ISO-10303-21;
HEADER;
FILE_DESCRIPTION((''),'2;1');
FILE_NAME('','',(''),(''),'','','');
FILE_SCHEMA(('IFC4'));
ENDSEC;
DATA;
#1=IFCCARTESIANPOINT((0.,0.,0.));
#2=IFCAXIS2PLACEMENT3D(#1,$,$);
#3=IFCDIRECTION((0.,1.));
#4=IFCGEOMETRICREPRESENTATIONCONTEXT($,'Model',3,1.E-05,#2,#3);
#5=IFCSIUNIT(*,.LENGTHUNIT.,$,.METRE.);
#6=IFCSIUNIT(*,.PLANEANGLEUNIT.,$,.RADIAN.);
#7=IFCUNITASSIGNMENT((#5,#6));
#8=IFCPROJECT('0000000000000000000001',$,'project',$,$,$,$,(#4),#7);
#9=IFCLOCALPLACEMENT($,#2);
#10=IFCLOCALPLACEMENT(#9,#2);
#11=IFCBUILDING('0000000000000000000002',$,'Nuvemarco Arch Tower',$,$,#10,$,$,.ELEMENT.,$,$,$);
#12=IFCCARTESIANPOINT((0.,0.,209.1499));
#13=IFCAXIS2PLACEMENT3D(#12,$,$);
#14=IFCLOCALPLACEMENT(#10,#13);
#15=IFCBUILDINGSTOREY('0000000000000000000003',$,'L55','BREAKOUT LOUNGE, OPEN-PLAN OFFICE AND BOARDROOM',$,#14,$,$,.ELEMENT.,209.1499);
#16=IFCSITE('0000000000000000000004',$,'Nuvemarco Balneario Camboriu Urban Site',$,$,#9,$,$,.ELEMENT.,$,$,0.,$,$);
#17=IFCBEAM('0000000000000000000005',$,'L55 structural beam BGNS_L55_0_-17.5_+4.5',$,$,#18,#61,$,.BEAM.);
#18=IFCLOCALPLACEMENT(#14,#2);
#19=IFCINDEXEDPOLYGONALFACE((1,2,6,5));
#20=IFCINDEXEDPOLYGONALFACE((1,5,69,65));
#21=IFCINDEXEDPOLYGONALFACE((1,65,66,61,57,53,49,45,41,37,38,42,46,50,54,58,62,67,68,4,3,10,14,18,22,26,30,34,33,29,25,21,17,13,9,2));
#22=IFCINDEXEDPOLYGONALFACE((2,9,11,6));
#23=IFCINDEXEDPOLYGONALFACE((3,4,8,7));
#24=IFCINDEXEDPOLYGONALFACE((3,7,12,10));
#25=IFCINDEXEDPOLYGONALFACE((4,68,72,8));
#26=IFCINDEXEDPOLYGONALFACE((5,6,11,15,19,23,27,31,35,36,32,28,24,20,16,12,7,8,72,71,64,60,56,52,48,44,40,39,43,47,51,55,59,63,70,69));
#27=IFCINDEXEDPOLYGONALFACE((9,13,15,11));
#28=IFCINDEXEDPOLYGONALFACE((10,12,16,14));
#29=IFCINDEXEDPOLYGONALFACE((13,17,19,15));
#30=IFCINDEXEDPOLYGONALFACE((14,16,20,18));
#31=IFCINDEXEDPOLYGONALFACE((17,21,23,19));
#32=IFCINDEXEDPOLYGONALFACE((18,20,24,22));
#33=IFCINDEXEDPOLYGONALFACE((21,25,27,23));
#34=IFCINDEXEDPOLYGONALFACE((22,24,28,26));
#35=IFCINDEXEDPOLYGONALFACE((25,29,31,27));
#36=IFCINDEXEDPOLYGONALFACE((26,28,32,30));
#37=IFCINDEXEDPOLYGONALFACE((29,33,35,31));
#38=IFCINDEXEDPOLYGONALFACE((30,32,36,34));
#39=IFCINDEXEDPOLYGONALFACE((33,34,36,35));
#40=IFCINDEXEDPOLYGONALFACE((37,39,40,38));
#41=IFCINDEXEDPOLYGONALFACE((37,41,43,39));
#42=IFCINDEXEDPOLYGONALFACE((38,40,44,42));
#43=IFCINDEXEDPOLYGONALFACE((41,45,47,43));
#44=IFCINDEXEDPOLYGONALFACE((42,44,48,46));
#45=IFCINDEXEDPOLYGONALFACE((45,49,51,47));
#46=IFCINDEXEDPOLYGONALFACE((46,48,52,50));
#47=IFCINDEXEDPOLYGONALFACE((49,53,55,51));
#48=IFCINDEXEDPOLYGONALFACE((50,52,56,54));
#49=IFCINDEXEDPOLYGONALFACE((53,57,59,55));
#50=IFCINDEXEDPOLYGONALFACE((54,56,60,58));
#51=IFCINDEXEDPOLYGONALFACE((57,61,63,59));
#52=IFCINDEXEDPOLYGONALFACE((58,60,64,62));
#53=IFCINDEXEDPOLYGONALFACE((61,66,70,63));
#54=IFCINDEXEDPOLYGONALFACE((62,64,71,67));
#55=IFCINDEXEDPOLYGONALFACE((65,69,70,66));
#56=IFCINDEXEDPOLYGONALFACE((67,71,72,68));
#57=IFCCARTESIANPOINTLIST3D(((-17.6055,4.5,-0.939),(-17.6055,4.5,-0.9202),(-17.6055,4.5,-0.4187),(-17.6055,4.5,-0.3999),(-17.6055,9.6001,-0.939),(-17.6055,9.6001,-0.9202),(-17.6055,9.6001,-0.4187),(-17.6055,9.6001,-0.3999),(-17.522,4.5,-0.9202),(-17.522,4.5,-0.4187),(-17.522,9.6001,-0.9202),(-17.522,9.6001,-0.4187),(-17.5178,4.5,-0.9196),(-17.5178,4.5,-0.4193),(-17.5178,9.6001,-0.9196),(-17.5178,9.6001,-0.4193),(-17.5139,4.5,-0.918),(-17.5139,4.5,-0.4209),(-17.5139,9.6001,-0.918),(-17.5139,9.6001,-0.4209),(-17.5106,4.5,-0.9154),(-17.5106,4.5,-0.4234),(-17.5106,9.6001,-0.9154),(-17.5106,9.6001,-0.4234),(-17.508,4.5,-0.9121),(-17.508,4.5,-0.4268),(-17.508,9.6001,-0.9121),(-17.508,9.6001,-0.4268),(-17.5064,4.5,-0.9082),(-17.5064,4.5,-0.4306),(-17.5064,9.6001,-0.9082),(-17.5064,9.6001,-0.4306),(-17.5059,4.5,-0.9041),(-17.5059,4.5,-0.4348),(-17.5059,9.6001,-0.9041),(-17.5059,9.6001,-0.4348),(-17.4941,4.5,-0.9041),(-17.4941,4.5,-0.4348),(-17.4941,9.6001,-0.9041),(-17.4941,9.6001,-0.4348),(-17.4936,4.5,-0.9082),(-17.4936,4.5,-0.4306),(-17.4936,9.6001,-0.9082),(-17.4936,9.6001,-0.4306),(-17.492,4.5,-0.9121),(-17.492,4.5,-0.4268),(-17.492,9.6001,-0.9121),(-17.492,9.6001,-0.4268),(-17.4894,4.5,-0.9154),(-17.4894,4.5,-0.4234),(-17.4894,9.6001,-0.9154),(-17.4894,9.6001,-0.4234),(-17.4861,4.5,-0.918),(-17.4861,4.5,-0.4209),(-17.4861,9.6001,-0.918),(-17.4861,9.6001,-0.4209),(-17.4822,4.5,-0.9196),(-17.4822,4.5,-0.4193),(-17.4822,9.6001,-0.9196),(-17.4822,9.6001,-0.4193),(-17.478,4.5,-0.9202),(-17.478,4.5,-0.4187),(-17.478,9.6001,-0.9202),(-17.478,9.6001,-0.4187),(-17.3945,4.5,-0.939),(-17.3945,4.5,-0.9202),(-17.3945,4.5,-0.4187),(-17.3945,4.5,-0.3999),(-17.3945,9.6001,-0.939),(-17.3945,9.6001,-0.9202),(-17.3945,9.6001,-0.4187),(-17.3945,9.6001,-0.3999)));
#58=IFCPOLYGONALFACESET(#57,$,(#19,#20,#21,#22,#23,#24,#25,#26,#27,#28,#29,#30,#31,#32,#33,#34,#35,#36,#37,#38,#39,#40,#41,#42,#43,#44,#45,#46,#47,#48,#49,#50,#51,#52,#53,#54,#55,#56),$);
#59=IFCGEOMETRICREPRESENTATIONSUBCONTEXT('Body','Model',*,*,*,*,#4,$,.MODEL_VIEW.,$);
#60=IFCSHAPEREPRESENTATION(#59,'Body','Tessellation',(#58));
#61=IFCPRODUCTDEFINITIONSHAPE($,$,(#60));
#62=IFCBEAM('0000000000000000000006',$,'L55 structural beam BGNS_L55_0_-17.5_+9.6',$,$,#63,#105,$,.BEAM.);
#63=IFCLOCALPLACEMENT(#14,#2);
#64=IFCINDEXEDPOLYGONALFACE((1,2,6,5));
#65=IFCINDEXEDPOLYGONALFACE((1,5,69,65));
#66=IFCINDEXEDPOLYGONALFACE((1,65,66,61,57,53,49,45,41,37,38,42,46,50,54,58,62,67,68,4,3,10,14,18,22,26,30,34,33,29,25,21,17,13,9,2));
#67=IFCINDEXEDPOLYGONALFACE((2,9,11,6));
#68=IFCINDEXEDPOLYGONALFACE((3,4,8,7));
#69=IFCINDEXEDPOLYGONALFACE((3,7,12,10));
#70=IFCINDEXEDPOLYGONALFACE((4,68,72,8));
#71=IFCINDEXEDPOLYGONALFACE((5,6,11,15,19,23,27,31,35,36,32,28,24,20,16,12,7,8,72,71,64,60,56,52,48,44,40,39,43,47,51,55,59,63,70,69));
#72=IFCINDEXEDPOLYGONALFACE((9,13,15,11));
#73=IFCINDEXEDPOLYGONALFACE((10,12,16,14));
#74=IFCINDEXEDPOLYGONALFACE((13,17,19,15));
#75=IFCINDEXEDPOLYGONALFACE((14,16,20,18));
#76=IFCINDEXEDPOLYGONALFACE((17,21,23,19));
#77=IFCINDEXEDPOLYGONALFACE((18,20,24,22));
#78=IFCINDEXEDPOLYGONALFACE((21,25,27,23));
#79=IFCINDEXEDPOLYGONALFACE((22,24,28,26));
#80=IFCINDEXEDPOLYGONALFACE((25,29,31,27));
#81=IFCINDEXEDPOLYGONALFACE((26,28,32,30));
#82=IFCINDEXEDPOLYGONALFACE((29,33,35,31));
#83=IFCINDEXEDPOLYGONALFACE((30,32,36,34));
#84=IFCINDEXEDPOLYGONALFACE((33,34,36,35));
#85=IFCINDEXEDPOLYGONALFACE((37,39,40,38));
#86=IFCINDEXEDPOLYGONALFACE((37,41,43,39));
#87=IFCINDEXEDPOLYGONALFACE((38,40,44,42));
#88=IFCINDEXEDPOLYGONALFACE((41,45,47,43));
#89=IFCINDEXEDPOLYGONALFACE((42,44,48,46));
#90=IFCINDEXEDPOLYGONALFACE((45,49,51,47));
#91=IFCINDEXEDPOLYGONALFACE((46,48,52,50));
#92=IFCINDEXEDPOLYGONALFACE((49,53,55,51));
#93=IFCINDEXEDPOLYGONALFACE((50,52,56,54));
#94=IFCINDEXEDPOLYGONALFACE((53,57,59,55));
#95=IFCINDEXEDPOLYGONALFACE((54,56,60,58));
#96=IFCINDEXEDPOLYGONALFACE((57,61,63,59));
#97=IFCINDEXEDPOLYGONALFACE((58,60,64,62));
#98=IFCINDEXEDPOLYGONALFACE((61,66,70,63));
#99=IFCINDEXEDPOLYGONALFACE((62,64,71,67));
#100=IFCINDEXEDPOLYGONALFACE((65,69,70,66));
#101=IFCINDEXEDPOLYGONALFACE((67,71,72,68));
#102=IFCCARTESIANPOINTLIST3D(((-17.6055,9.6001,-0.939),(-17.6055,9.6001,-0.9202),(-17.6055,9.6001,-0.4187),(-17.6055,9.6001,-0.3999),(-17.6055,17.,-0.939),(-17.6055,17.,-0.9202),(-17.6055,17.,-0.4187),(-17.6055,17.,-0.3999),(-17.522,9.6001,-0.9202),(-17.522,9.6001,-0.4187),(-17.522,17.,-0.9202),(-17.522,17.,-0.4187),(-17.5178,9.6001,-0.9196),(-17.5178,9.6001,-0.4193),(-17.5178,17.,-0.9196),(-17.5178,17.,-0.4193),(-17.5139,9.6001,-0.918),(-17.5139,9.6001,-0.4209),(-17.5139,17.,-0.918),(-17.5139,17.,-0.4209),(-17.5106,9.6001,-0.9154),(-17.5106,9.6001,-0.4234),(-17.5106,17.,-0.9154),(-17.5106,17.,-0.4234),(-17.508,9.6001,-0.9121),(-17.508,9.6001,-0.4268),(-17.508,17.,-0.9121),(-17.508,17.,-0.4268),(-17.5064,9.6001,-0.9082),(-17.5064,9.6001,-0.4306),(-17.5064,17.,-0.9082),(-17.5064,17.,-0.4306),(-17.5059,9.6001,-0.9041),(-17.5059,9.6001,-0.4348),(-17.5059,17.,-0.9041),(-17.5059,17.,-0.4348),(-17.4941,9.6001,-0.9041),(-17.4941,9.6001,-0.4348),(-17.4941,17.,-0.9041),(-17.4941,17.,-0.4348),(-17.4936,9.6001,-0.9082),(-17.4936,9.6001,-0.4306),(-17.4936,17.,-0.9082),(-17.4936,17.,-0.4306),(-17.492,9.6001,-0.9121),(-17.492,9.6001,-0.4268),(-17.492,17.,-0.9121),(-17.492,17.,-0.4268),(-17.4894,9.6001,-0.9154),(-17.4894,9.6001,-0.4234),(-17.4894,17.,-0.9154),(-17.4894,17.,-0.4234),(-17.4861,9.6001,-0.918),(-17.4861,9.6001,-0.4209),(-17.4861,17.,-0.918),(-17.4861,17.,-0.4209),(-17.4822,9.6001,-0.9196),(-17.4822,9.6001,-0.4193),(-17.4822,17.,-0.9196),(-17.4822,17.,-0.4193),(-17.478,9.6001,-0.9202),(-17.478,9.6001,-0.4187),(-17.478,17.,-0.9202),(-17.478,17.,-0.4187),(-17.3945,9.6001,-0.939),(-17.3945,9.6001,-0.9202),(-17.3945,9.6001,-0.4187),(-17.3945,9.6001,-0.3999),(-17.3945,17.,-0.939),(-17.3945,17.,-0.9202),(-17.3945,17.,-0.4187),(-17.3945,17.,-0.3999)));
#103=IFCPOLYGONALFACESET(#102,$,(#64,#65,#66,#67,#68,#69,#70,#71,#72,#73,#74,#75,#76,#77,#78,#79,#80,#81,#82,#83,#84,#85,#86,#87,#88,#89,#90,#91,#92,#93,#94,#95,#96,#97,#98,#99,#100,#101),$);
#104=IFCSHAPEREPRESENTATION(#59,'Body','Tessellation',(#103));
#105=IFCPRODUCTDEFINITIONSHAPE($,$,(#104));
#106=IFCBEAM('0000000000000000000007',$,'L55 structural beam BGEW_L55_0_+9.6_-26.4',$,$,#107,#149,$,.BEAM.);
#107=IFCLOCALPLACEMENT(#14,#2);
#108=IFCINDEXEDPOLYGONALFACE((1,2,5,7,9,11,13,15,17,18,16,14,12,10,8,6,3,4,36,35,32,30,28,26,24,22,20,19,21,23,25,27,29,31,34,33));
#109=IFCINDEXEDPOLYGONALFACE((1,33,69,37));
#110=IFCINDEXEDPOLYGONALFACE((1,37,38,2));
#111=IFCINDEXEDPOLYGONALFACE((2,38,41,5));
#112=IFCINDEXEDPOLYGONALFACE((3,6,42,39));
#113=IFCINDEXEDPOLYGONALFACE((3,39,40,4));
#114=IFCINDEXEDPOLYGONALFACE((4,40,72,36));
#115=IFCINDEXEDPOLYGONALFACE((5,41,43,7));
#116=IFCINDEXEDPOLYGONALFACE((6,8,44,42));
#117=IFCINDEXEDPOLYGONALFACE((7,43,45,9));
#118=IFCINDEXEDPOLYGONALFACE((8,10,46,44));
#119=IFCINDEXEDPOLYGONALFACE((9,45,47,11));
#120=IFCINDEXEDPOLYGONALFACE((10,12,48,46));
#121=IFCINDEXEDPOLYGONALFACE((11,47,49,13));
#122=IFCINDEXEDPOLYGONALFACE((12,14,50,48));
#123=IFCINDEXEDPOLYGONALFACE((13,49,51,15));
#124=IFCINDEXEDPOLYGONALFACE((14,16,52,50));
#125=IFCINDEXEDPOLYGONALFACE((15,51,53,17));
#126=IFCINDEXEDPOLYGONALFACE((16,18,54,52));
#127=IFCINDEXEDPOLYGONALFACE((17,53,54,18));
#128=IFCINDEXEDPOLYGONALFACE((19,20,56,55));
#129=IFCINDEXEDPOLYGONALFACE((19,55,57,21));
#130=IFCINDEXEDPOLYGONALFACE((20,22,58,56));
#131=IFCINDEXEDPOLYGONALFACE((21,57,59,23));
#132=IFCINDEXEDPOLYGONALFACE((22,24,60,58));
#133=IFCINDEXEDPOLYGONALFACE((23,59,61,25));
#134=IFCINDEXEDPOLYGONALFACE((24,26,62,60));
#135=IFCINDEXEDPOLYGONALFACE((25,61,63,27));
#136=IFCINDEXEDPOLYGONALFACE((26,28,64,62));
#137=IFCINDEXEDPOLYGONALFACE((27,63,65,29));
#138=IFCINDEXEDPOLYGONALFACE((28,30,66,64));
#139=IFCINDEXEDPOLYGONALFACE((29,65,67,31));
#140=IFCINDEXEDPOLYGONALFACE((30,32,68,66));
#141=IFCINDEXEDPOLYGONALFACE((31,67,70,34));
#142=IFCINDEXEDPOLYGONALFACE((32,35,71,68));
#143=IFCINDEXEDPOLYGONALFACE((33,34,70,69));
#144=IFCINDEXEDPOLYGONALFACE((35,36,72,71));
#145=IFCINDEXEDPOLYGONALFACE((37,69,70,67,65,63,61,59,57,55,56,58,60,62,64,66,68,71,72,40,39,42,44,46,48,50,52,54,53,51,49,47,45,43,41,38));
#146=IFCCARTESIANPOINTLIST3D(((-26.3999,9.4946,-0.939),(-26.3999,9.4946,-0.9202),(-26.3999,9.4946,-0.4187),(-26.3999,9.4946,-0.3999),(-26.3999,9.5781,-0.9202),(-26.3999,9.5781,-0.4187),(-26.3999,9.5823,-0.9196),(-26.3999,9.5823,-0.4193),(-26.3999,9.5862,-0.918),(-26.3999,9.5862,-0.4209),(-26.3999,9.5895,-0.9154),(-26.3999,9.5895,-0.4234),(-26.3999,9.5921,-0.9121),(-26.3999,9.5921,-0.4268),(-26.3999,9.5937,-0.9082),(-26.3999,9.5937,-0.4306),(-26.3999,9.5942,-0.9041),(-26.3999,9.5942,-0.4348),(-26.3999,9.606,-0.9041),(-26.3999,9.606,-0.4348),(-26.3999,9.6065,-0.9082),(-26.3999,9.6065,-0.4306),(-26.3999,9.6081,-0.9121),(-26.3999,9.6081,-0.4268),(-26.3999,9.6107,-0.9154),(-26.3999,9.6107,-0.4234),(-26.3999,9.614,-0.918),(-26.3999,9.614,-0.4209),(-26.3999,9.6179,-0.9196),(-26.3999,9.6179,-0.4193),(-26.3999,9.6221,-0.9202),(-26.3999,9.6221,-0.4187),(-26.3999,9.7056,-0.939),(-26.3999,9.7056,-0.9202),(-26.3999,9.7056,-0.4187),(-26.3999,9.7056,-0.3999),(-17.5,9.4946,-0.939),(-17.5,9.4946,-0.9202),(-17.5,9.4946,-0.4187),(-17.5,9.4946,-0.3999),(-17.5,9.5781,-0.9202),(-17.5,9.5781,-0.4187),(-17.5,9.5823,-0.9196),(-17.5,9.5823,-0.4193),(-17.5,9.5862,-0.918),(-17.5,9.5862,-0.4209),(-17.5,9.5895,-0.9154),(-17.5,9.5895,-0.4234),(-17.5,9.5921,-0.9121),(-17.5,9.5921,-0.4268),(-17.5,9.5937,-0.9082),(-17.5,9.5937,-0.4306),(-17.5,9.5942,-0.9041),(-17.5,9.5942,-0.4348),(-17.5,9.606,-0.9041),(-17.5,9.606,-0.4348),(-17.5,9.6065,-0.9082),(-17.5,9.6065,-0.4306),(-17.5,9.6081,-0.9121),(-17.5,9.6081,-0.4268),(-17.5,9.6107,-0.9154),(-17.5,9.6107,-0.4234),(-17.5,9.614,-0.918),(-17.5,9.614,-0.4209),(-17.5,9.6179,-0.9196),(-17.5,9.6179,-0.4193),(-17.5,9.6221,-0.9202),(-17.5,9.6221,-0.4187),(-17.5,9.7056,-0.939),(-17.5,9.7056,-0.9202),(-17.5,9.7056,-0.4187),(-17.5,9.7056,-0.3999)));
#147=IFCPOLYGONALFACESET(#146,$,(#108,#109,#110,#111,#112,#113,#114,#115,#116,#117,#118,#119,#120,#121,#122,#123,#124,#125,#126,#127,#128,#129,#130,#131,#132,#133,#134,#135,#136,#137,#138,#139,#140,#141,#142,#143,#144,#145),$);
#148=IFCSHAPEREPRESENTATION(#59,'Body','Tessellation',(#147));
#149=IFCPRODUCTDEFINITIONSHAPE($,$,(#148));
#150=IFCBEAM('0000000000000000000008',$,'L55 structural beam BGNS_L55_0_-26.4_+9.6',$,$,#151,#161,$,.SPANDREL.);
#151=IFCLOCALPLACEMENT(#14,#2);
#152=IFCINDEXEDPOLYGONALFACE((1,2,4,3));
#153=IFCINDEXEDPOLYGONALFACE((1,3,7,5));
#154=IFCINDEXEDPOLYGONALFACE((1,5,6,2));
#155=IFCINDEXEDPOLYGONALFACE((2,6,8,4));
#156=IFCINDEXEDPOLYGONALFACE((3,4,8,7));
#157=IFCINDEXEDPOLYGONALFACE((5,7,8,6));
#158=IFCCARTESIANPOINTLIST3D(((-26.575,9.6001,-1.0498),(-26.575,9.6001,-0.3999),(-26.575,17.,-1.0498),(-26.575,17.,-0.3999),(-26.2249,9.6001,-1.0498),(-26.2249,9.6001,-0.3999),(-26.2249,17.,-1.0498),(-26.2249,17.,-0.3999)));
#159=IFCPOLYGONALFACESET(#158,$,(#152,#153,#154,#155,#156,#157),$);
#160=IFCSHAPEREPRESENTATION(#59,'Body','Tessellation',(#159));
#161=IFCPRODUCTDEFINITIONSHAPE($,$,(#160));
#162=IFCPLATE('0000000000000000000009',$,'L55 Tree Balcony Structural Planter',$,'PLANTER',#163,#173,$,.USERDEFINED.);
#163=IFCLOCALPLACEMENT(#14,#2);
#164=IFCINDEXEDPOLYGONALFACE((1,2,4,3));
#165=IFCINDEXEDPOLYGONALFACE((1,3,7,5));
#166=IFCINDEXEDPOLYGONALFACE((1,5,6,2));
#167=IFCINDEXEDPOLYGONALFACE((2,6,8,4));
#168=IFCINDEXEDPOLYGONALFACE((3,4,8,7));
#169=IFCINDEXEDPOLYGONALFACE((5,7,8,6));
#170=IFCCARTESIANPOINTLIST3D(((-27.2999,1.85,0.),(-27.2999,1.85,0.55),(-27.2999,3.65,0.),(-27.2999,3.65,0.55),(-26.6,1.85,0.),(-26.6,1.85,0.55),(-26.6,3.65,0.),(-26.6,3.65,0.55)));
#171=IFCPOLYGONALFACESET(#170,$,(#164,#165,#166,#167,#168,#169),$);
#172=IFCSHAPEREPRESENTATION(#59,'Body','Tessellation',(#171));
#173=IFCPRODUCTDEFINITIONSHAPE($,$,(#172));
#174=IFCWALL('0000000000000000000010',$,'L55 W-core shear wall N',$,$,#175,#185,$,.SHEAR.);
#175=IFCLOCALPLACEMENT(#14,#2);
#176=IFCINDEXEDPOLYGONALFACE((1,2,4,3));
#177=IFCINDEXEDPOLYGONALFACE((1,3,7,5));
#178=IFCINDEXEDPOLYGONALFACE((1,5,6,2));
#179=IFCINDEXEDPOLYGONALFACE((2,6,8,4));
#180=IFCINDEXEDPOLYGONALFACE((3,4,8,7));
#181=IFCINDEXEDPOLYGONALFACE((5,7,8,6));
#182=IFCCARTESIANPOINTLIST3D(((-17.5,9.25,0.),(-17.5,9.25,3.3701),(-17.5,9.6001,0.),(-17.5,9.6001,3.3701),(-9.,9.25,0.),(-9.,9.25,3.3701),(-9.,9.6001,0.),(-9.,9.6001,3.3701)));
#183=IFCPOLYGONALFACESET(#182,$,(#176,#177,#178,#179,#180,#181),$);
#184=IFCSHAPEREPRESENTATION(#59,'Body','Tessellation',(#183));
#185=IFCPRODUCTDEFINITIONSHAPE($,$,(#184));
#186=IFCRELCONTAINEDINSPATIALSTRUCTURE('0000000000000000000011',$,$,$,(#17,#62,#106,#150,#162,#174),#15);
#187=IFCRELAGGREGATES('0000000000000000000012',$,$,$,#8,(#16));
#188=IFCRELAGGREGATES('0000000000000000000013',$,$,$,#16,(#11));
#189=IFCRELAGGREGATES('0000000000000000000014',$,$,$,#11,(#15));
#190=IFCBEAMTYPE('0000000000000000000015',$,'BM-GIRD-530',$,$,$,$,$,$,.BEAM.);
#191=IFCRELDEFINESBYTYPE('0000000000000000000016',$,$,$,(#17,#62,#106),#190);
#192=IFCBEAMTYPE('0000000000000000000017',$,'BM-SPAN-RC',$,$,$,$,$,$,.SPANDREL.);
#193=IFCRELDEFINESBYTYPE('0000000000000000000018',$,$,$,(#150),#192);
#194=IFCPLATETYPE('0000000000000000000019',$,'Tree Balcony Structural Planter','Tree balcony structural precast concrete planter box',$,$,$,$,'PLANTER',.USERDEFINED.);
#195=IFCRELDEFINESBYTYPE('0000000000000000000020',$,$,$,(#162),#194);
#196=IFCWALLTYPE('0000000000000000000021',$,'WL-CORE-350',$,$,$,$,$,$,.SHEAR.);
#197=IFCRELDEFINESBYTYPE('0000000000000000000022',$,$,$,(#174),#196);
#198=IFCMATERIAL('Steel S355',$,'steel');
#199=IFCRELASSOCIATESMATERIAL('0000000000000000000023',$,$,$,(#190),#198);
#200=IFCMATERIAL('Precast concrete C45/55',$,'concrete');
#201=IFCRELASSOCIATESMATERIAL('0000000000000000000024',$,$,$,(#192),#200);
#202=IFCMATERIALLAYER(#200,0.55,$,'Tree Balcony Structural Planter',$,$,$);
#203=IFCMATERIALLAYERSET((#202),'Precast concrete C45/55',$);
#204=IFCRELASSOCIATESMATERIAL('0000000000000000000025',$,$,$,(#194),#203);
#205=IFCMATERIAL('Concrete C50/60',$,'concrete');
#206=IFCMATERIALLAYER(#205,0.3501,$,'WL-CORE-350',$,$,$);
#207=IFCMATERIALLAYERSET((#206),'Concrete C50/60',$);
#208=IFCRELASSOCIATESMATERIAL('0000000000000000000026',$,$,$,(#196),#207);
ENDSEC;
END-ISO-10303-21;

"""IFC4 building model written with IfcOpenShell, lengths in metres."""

from ifc_helpers import new_model, si_unit, direction, frame, frame_2d, origin, origin_2d, place, context, subcontext, project, spatial, rectangle, i_section, extrude, source, transform, mapped, material, layer, layer_set, material_profile, profile_set, type_object, type_shapes, element, save


model = new_model("IFC4")

# Units and contexts
model_context = context("Model", 3, precision=1e-05, world=origin(), true_north=direction((0.0, 1.0)))
body_context = subcontext(model_context, "Body", "Model", "MODEL_VIEW")
ifc_project = project(units=[si_unit("LENGTHUNIT", "METRE"), si_unit("PLANEANGLEUNIT", "RADIAN")], contexts=[model_context])

# Site, building, storey
site_placement = place(None, origin())
site = spatial("IfcSite", under=ifc_project, at=site_placement, Name="Nuvemarco Balneario Camboriu Urban Site", CompositionType="ELEMENT", RefElevation=0.0)
building_placement = place(site_placement, origin())
building = spatial("IfcBuilding", under=site, at=building_placement, Name="Nuvemarco Arch Tower", CompositionType="ELEMENT")
storey_placement = place(building_placement, frame((0.0, 0.0, 209.1499)))
storey = spatial("IfcBuildingStorey", under=building, at=storey_placement, Name="L55", Description="BREAKOUT LOUNGE, OPEN-PLAN OFFICE AND BOARDROOM", CompositionType="ELEMENT", Elevation=209.1499)

# Shared definitions
ifc_material_1 = material(Name="Concrete C50/60", Category="concrete")
ifc_material_2 = material(Name="Steel S355", Category="steel")

# Beams
ifc_material_profile_1 = material_profile(ifc_material_2, i_section(OverallWidth=0.2109, OverallDepth=0.5391, WebThickness=0.0117, FlangeThickness=0.0188, FilletRadius=0.0161, at=origin_2d()), Name="W530x109")
ifc_profile_set_1 = profile_set([ifc_material_profile_1], Name="Steel S355")
beam_type_1 = type_object("IfcBeamType", Name="BM-GIRD-530", PredefinedType="BEAM", material=ifc_profile_set_1)
beam_1_placement = place(storey_placement, frame((-17.5, 4.5, -0.6694), z_axis=(0.0, 1.0, 0.0), x_axis=(-1.0, 0.0, 0.0)))
element("IfcBeam", 1, at=beam_1_placement, inside=storey, type_object=beam_type_1, Name="L55 structural beam BGNS_L55_0_-17.5_+4.5", PredefinedType="BEAM", context=body_context, shape_type="SweptSolid", body=[
    extrude(i_section(OverallWidth=0.2109, OverallDepth=0.5391, WebThickness=0.0117, FlangeThickness=0.0188, FilletRadius=0.0161, at=origin_2d()), origin(), (0.0, 0.0, 1.0), 5.1001),
])
beam_2_placement = place(storey_placement, frame((-17.5, 9.6001, -0.6694), z_axis=(0.0, 1.0, 0.0), x_axis=(-1.0, 0.0, 0.0)))
element("IfcBeam", 2, at=beam_2_placement, inside=storey, type_object=beam_type_1, Name="L55 structural beam BGNS_L55_0_-17.5_+9.6", PredefinedType="BEAM", context=body_context, shape_type="SweptSolid", body=[
    extrude(i_section(OverallWidth=0.2109, OverallDepth=0.5391, WebThickness=0.0117, FlangeThickness=0.0188, FilletRadius=0.0161, at=origin_2d()), origin(), (0.0, 0.0, 1.0), 7.3999),
])
beam_3_placement = place(storey_placement, frame((-26.3999, 9.6001, -0.6694), z_axis=(1.0, 0.0, 0.0), x_axis=(0.0, 1.0, 0.0)))
element("IfcBeam", 3, at=beam_3_placement, inside=storey, type_object=beam_type_1, Name="L55 structural beam BGEW_L55_0_+9.6_-26.4", PredefinedType="BEAM", context=body_context, shape_type="SweptSolid", body=[
    extrude(i_section(OverallWidth=0.2109, OverallDepth=0.5391, WebThickness=0.0117, FlangeThickness=0.0188, FilletRadius=0.0161, at=origin_2d()), origin(), (0.0, 0.0, 1.0), 8.8999),
])
ifc_material_3 = material(Name="Precast concrete C45/55", Category="concrete")
ifc_material_profile_2 = material_profile(ifc_material_3, rectangle(XDim=0.3501, YDim=0.6499, at=origin_2d()), Name="PC-SP-350x650")
ifc_profile_set_2 = profile_set([ifc_material_profile_2], Name="Precast concrete C45/55")
beam_type_2 = type_object("IfcBeamType", Name="BM-SPAN-RC", PredefinedType="SPANDREL", material=ifc_profile_set_2)
beam_4_placement = place(storey_placement, frame((-26.3999, 9.6001, -0.7249), z_axis=(0.0, 1.0, 0.0), x_axis=(-1.0, 0.0, 0.0)))
element("IfcBeam", 4, at=beam_4_placement, inside=storey, type_object=beam_type_2, Name="L55 structural beam BGNS_L55_0_-26.4_+9.6", PredefinedType="SPANDREL", context=body_context, shape_type="SweptSolid", body=[
    extrude(rectangle(XDim=0.3501, YDim=0.6499, at=origin_2d()), origin(), (0.0, 0.0, 1.0), 7.3999),
])

# Plate
ifc_layer_1 = layer(ifc_material_3, 0.55, Name="Tree Balcony Structural Planter")
ifc_layer_set_1 = layer_set([ifc_layer_1], Name="Precast concrete C45/55")
plate_type = type_object("IfcPlateType", Name="Tree Balcony Structural Planter", Description="Tree balcony structural precast concrete planter box", ElementType="PLANTER", PredefinedType="USERDEFINED", material=ifc_layer_set_1)
shared_shape_1 = source(origin(), body_context, "Body", "SweptSolid", [
    extrude(rectangle(XDim=1.8, YDim=0.7, at=origin_2d()), origin(), (0.0, 0.0, 1.0), 0.55),
])
type_shapes(plate_type, [shared_shape_1])
plate_placement = place(storey_placement, frame((-26.95, 2.75, 0.0), z_axis=(0.0, 0.0, 1.0), x_axis=(0.0, 1.0, 0.0)))
element("IfcPlate", 5, at=plate_placement, inside=storey, type_object=plate_type, Name="L55 Tree Balcony Structural Planter", ObjectType="PLANTER", PredefinedType="USERDEFINED", context=body_context, shape_type="MappedRepresentation", body=[
    mapped(shared_shape_1, transform((0.0, 0.0, 0.0), scale=1.0)),
])

# Wall
ifc_layer_2 = layer(ifc_material_1, 0.3501, Name="WL-CORE-350")
ifc_layer_set_2 = layer_set([ifc_layer_2], Name="Concrete C50/60")
wall_type_1 = type_object("IfcWallType", Name="WL-CORE-350", PredefinedType="SHEAR", material=ifc_layer_set_2)
wall_placement = place(storey_placement, frame((-17.5, 9.425, 0.0), z_axis=(0.0, 0.0, 1.0), x_axis=(1.0, 0.0, 0.0)))
element("IfcWall", 6, at=wall_placement, inside=storey, type_object=wall_type_1, Name="L55 W-core shear wall N", PredefinedType="SHEAR", context=body_context, shape_type="SweptSolid", body=[
    extrude(rectangle(XDim=8.5, YDim=0.3501, at=frame_2d((4.25, 0.0))), origin(), (0.0, 0.0, 1.0), 3.3701),
])

save(model, "model.ifc")
